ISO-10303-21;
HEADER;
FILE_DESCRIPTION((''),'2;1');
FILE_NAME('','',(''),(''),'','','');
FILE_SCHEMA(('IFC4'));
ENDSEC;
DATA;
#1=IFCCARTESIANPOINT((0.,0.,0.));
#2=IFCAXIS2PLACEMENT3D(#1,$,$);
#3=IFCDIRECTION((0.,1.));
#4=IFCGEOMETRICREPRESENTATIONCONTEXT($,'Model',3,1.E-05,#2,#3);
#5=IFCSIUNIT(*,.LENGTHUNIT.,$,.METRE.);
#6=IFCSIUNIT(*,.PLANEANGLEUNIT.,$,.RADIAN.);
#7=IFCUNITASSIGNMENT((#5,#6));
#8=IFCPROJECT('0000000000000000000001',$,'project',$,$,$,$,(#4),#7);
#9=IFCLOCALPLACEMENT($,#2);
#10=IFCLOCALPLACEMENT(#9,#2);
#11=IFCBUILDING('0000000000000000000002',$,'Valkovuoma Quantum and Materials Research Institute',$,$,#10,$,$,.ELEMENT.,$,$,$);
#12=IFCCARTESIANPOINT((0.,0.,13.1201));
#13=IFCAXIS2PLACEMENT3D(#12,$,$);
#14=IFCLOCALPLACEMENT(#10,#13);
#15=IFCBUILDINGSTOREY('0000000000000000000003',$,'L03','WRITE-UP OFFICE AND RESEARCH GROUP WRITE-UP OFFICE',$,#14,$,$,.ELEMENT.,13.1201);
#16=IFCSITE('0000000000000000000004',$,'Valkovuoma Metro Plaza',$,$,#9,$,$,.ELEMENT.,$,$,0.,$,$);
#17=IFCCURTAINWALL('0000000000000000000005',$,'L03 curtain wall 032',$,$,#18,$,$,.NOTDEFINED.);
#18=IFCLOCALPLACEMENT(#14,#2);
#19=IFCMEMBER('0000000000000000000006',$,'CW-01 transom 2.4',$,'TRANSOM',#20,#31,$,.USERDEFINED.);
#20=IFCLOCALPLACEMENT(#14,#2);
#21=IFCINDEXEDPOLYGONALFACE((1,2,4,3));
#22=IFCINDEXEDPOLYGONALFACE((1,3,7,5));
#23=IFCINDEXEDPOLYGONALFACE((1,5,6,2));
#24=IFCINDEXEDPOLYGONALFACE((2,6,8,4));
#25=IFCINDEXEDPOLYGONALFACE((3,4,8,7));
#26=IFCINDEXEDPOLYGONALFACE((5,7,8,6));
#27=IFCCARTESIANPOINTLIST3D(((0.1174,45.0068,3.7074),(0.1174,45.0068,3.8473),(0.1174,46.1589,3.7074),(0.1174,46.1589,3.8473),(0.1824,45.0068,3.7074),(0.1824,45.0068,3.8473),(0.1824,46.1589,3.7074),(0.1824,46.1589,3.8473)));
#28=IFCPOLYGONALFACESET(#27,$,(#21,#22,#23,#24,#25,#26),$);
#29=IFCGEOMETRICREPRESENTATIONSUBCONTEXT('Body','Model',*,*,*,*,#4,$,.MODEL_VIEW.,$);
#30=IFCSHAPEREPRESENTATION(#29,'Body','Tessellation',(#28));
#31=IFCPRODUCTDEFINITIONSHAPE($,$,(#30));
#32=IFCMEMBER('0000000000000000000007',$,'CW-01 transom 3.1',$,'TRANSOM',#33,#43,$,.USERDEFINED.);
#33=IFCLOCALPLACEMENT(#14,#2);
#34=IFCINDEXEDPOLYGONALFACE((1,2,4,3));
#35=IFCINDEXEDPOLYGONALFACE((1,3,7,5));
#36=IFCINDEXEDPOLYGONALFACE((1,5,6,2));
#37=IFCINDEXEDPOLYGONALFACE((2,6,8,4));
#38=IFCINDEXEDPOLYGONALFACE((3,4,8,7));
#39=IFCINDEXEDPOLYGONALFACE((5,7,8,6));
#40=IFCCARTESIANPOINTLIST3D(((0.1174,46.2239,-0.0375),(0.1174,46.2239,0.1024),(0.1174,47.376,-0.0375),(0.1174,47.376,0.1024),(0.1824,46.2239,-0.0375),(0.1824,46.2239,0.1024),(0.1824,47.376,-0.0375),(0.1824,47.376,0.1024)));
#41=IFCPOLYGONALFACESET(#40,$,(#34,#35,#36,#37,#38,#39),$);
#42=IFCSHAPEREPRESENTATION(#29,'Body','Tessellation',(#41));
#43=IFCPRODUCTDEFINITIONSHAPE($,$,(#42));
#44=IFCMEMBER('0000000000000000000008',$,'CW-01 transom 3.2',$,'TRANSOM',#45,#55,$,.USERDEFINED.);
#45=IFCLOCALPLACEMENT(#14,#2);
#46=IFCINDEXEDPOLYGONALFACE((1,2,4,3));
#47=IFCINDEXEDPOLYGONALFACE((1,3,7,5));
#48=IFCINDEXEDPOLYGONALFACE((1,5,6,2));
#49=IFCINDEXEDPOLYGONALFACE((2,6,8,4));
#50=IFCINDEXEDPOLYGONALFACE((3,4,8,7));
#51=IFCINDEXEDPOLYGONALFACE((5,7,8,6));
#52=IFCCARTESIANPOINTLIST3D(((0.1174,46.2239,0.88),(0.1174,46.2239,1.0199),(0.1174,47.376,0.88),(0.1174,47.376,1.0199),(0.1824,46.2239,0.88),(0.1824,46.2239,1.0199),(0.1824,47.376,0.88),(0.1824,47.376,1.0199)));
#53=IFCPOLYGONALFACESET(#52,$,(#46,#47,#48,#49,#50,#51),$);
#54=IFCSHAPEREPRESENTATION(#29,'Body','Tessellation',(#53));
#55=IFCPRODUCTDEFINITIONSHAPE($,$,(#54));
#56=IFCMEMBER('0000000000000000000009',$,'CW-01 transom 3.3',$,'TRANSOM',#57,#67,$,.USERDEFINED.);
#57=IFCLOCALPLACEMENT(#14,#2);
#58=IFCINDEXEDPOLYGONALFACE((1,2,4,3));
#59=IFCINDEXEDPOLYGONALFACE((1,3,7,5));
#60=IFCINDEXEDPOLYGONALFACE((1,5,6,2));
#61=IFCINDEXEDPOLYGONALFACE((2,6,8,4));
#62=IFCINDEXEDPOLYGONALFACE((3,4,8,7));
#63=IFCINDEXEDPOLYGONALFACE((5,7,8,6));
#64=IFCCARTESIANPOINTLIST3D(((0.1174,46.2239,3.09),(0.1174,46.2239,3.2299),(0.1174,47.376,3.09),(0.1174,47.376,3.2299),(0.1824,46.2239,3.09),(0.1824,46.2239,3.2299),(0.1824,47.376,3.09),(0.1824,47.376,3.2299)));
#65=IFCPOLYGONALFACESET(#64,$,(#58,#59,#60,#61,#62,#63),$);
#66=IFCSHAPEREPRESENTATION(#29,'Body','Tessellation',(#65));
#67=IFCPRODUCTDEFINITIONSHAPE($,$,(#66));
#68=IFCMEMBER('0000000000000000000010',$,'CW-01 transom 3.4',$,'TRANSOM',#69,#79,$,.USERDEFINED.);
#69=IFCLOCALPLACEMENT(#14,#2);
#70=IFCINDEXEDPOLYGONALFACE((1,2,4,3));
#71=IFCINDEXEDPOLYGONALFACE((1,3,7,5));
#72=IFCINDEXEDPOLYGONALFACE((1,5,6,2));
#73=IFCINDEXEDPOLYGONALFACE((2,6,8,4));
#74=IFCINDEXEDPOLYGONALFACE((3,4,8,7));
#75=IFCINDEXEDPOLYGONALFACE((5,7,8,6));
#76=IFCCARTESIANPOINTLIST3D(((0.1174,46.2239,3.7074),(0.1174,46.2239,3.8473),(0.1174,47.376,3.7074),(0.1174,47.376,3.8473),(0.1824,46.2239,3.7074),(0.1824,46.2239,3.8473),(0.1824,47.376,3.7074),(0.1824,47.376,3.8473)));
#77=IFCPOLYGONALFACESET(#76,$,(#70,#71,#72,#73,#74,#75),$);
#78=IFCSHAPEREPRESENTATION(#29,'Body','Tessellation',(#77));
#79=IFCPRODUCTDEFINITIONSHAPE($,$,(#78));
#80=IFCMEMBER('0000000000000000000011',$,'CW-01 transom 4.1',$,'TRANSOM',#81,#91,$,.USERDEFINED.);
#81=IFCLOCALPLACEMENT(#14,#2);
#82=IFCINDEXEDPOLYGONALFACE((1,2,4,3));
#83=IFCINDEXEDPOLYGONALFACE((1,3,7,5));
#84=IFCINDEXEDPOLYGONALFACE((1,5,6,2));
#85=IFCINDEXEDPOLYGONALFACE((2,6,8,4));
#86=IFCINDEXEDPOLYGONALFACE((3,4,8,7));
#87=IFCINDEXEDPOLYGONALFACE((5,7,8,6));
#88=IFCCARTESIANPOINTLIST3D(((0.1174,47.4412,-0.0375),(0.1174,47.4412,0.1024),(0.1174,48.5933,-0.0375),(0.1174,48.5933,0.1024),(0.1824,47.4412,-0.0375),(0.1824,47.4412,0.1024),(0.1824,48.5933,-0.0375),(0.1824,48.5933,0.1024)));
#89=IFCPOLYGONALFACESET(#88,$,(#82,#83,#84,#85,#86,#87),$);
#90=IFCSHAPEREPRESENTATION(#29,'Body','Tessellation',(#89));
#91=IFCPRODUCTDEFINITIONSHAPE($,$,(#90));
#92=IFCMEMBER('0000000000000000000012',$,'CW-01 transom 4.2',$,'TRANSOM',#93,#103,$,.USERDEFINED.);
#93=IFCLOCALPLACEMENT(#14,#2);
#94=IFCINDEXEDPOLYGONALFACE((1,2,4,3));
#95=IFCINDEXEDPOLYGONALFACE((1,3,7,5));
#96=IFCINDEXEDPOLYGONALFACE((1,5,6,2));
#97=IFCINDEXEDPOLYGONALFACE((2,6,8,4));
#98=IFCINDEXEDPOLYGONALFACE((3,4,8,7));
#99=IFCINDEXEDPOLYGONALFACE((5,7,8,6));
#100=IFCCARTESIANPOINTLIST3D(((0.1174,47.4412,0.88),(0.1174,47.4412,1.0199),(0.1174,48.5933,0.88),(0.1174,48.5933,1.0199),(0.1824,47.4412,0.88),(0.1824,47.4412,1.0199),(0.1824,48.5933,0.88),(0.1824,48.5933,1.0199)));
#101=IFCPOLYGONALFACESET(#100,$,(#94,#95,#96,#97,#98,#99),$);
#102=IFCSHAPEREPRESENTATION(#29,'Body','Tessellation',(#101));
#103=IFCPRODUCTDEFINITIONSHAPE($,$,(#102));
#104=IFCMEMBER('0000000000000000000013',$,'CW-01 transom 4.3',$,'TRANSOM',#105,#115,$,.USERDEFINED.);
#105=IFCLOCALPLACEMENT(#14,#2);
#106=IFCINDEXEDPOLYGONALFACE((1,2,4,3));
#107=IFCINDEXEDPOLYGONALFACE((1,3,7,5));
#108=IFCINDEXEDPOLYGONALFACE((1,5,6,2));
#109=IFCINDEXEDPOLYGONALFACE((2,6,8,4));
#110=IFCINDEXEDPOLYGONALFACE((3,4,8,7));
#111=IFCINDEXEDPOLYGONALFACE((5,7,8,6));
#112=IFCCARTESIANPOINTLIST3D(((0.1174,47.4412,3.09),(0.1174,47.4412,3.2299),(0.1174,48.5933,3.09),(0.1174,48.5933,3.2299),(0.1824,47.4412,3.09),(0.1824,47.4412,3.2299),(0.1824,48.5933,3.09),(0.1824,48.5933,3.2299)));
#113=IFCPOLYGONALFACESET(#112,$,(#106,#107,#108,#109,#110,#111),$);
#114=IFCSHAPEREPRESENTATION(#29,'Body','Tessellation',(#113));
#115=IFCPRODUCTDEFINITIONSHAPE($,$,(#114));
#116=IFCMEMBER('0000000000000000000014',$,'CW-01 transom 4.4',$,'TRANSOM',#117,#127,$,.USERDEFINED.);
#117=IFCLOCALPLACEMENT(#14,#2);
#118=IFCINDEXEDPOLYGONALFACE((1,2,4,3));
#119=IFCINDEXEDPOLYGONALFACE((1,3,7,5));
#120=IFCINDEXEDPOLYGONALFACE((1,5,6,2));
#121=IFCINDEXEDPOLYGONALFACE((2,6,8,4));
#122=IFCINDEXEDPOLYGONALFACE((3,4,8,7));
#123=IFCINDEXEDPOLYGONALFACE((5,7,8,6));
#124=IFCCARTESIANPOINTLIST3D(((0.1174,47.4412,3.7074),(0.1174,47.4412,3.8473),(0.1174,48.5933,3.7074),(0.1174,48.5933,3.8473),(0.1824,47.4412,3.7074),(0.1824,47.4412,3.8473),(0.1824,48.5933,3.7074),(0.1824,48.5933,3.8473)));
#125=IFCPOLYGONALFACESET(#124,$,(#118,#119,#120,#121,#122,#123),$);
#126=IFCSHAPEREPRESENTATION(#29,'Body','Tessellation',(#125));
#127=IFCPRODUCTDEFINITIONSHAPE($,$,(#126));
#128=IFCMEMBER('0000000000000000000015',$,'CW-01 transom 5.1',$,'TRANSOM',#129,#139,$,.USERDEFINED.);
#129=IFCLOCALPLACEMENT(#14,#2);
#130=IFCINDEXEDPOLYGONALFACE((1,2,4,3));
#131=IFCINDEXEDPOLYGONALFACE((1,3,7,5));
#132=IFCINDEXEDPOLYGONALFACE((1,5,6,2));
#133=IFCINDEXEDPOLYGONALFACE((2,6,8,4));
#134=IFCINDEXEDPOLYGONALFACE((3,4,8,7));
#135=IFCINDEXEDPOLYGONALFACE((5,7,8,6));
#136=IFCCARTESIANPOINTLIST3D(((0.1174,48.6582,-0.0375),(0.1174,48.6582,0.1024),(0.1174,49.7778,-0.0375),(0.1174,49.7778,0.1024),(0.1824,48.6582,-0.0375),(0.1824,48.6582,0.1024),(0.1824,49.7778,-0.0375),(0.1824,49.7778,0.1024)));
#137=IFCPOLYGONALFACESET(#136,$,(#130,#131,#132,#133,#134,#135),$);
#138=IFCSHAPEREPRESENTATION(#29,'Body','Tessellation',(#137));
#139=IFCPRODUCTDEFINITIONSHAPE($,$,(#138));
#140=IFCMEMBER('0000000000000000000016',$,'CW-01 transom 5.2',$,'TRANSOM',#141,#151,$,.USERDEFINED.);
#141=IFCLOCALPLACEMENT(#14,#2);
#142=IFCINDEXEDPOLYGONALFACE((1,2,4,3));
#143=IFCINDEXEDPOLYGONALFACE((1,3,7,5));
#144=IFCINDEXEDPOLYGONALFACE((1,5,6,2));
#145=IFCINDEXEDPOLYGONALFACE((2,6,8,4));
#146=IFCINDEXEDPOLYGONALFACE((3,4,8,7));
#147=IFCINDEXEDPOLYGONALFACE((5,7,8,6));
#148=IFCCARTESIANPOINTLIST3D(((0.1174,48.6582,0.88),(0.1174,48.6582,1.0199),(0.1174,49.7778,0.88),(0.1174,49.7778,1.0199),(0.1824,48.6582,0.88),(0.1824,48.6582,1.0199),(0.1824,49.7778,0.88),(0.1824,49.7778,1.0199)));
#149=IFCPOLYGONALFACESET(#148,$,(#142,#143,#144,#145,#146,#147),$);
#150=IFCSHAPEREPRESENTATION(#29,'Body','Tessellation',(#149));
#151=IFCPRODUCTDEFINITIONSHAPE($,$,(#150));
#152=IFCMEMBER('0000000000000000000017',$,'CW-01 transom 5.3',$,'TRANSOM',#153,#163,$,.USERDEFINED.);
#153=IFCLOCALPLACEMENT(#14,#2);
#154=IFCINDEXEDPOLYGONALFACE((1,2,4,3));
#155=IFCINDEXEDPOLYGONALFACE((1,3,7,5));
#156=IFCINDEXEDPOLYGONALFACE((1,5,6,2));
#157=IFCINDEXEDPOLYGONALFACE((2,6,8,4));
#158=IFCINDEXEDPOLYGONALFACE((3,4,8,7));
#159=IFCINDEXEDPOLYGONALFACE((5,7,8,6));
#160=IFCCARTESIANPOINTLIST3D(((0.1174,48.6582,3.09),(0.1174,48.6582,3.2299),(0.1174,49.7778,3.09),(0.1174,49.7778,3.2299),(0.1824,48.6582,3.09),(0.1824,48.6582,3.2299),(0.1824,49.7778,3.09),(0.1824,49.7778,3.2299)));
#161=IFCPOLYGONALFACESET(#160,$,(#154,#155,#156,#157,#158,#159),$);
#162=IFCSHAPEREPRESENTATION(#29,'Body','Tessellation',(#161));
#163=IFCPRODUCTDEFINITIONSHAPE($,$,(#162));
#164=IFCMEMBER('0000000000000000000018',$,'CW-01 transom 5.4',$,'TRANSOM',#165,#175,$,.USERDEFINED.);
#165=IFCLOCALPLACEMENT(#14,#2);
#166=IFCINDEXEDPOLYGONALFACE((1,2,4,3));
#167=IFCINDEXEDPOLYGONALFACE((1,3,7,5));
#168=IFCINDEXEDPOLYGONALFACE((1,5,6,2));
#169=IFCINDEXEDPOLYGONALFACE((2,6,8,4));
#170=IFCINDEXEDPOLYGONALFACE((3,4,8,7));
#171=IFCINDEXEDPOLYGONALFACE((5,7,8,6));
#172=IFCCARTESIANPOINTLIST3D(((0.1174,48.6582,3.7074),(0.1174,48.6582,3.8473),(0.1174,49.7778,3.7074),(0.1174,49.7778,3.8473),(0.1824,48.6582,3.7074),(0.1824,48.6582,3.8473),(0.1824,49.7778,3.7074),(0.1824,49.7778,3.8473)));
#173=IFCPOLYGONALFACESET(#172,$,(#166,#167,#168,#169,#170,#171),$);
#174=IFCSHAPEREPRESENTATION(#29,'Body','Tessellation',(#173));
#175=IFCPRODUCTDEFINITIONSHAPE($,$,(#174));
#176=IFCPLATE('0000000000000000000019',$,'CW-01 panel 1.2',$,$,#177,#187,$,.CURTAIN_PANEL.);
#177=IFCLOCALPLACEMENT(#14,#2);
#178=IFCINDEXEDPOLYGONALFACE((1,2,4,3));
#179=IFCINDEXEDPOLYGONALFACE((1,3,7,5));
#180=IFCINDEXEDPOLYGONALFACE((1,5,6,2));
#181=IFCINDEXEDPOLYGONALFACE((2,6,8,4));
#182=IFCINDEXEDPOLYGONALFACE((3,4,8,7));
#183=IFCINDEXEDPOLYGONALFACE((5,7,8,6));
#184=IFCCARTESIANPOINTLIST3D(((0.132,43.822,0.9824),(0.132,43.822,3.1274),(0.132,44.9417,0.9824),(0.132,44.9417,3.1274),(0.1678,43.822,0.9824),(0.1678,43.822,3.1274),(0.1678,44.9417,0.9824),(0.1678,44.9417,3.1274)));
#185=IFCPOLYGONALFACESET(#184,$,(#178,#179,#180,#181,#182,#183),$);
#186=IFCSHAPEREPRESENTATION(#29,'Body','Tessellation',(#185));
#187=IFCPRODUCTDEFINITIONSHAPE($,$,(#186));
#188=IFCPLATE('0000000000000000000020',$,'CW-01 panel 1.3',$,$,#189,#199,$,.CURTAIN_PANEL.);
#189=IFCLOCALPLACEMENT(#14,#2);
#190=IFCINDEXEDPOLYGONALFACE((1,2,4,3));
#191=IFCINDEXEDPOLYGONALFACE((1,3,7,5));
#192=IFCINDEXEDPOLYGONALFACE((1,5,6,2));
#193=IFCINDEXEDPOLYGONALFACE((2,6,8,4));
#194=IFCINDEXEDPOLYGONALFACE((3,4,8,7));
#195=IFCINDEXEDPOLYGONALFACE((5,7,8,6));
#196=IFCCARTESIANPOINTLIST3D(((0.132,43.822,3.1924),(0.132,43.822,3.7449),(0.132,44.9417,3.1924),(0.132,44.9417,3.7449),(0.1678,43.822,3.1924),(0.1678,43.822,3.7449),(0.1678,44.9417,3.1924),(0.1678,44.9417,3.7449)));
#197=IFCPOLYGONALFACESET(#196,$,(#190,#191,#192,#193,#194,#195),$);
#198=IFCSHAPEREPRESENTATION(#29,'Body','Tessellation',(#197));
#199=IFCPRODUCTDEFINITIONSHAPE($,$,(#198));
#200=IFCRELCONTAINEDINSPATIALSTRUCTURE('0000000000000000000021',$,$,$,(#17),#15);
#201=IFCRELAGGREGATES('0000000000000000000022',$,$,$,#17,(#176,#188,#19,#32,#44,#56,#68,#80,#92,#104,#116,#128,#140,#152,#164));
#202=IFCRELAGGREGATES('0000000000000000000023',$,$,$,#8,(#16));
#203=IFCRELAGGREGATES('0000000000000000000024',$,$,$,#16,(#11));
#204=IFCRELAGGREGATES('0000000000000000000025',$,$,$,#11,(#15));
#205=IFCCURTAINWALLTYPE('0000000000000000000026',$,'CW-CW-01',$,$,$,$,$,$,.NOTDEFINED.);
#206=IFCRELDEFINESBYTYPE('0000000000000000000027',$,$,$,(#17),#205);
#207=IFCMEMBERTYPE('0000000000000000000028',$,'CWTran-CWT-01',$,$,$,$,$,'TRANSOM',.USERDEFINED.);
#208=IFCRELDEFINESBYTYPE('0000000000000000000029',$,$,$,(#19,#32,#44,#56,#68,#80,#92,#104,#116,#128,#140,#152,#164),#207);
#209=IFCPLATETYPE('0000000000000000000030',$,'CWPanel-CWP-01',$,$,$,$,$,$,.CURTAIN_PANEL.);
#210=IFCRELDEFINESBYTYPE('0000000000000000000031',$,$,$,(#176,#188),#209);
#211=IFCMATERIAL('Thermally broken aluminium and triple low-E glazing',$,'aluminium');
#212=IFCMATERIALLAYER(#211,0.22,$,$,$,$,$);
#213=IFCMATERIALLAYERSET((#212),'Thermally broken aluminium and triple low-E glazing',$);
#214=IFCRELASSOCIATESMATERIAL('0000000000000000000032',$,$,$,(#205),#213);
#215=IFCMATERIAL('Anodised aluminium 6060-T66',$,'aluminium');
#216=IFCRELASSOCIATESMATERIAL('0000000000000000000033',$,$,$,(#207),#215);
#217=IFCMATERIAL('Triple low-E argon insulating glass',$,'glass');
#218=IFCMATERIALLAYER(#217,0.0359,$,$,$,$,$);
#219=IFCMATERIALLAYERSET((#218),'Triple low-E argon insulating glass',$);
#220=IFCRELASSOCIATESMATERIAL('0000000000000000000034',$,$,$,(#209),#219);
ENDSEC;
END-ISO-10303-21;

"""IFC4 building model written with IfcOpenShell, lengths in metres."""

from ifc_helpers import new_model, si_unit, direction, frame, origin, origin_2d, place, context, subcontext, project, spatial, rectangle, extrude, material, layer, layer_set, material_profile, profile_set, type_object, element, aggregate, save


model = new_model("IFC4")

# Units and contexts
model_context = context("Model", 3, precision=1e-05, world=origin(), true_north=direction((0.0, 1.0)))
body_context = subcontext(model_context, "Body", "Model", "MODEL_VIEW")
ifc_project = project(units=[si_unit("LENGTHUNIT", "METRE"), si_unit("PLANEANGLEUNIT", "RADIAN")], contexts=[model_context])

# Site, building, storey
site_placement = place(None, origin())
site = spatial("IfcSite", under=ifc_project, at=site_placement, Name="Valkovuoma Metro Plaza", CompositionType="ELEMENT", RefElevation=0.0)
building_placement = place(site_placement, origin())
building = spatial("IfcBuilding", under=site, at=building_placement, Name="Valkovuoma Quantum and Materials Research Institute", CompositionType="ELEMENT")
storey_placement = place(building_placement, frame((0.0, 0.0, 13.1201)))
storey = spatial("IfcBuildingStorey", under=building, at=storey_placement, Name="L03", Description="WRITE-UP OFFICE AND RESEARCH GROUP WRITE-UP OFFICE", CompositionType="ELEMENT", Elevation=13.1201)

# Curtain wall, members, plates
ifc_material_1 = material(Name="Thermally broken aluminium and triple low-E glazing", Category="aluminium")
ifc_layer_1 = layer(ifc_material_1, 0.22)
ifc_layer_set_1 = layer_set([ifc_layer_1], Name="Thermally broken aluminium and triple low-E glazing")
curtain_wall_type = type_object("IfcCurtainWallType", Name="CW-CW-01", PredefinedType="NOTDEFINED", material=ifc_layer_set_1)
curtain_wall_placement = place(storey_placement, origin())
curtain_wall = element("IfcCurtainWall", 1, at=curtain_wall_placement, inside=storey, type_object=curtain_wall_type, Name="L03 curtain wall 032", PredefinedType="NOTDEFINED")
ifc_material_2 = material(Name="Anodised aluminium 6060-T66", Category="aluminium")
ifc_material_profile_1 = material_profile(ifc_material_2, rectangle(XDim=0.0649, YDim=0.1399, at=origin_2d()), Name="Anodised aluminium 6060-T66")
ifc_profile_set_1 = profile_set([ifc_material_profile_1], Name="Anodised aluminium 6060-T66")
member_type_1 = type_object("IfcMemberType", Name="CWTran-CWT-01", ElementType="TRANSOM", PredefinedType="USERDEFINED", material=ifc_profile_set_1)
member_1_placement = place(storey_placement, frame((0.1499, 45.0068, 3.7773), z_axis=(0.0, 1.0, 0.0), x_axis=(-1.0, 0.0, 0.0)))
member_1 = element("IfcMember", 2, at=member_1_placement, type_object=member_type_1, Name="CW-01 transom 2.4", ObjectType="TRANSOM", PredefinedType="USERDEFINED", context=body_context, shape_type="SweptSolid", body=[
    extrude(rectangle(XDim=0.0649, YDim=0.1399, at=origin_2d()), origin(), (0.0, 0.0, 1.0), 1.1521),
])
member_2_placement = place(storey_placement, frame((0.1499, 46.2239, 0.0325), z_axis=(0.0, 1.0, 0.0), x_axis=(-1.0, 0.0, 0.0)))
member_2 = element("IfcMember", 3, at=member_2_placement, type_object=member_type_1, Name="CW-01 transom 3.1", ObjectType="TRANSOM", PredefinedType="USERDEFINED", context=body_context, shape_type="SweptSolid", body=[
    extrude(rectangle(XDim=0.0649, YDim=0.1399, at=origin_2d()), origin(), (0.0, 0.0, 1.0), 1.1521),
])
member_3_placement = place(storey_placement, frame((0.1499, 46.2239, 0.95), z_axis=(0.0, 1.0, 0.0), x_axis=(-1.0, 0.0, 0.0)))
member_3 = element("IfcMember", 4, at=member_3_placement, type_object=member_type_1, Name="CW-01 transom 3.2", ObjectType="TRANSOM", PredefinedType="USERDEFINED", context=body_context, shape_type="SweptSolid", body=[
    extrude(rectangle(XDim=0.0649, YDim=0.1399, at=origin_2d()), origin(), (0.0, 0.0, 1.0), 1.1521),
])
member_4_placement = place(storey_placement, frame((0.1499, 46.2239, 3.1599), z_axis=(0.0, 1.0, 0.0), x_axis=(-1.0, 0.0, 0.0)))
member_4 = element("IfcMember", 5, at=member_4_placement, type_object=member_type_1, Name="CW-01 transom 3.3", ObjectType="TRANSOM", PredefinedType="USERDEFINED", context=body_context, shape_type="SweptSolid", body=[
    extrude(rectangle(XDim=0.0649, YDim=0.1399, at=origin_2d()), origin(), (0.0, 0.0, 1.0), 1.1521),
])
member_5_placement = place(storey_placement, frame((0.1499, 46.2239, 3.7773), z_axis=(0.0, 1.0, 0.0), x_axis=(-1.0, 0.0, 0.0)))
member_5 = element("IfcMember", 6, at=member_5_placement, type_object=member_type_1, Name="CW-01 transom 3.4", ObjectType="TRANSOM", PredefinedType="USERDEFINED", context=body_context, shape_type="SweptSolid", body=[
    extrude(rectangle(XDim=0.0649, YDim=0.1399, at=origin_2d()), origin(), (0.0, 0.0, 1.0), 1.1521),
])
member_6_placement = place(storey_placement, frame((0.1499, 47.4412, 0.0325), z_axis=(0.0, 1.0, 0.0), x_axis=(-1.0, 0.0, 0.0)))
member_6 = element("IfcMember", 7, at=member_6_placement, type_object=member_type_1, Name="CW-01 transom 4.1", ObjectType="TRANSOM", PredefinedType="USERDEFINED", context=body_context, shape_type="SweptSolid", body=[
    extrude(rectangle(XDim=0.0649, YDim=0.1399, at=origin_2d()), origin(), (0.0, 0.0, 1.0), 1.1521),
])
member_7_placement = place(storey_placement, frame((0.1499, 47.4412, 0.95), z_axis=(0.0, 1.0, 0.0), x_axis=(-1.0, 0.0, 0.0)))
member_7 = element("IfcMember", 8, at=member_7_placement, type_object=member_type_1, Name="CW-01 transom 4.2", ObjectType="TRANSOM", PredefinedType="USERDEFINED", context=body_context, shape_type="SweptSolid", body=[
    extrude(rectangle(XDim=0.0649, YDim=0.1399, at=origin_2d()), origin(), (0.0, 0.0, 1.0), 1.1521),
])
member_8_placement = place(storey_placement, frame((0.1499, 47.4412, 3.1599), z_axis=(0.0, 1.0, 0.0), x_axis=(-1.0, 0.0, 0.0)))
member_8 = element("IfcMember", 9, at=member_8_placement, type_object=member_type_1, Name="CW-01 transom 4.3", ObjectType="TRANSOM", PredefinedType="USERDEFINED", context=body_context, shape_type="SweptSolid", body=[
    extrude(rectangle(XDim=0.0649, YDim=0.1399, at=origin_2d()), origin(), (0.0, 0.0, 1.0), 1.1521),
])
member_9_placement = place(storey_placement, frame((0.1499, 47.4412, 3.7773), z_axis=(0.0, 1.0, 0.0), x_axis=(-1.0, 0.0, 0.0)))
member_9 = element("IfcMember", 10, at=member_9_placement, type_object=member_type_1, Name="CW-01 transom 4.4", ObjectType="TRANSOM", PredefinedType="USERDEFINED", context=body_context, shape_type="SweptSolid", body=[
    extrude(rectangle(XDim=0.0649, YDim=0.1399, at=origin_2d()), origin(), (0.0, 0.0, 1.0), 1.1521),
])
member_10_placement = place(storey_placement, frame((0.1499, 48.6582, 0.0325), z_axis=(0.0, 1.0, 0.0), x_axis=(-1.0, 0.0, 0.0)))
member_10 = element("IfcMember", 11, at=member_10_placement, type_object=member_type_1, Name="CW-01 transom 5.1", ObjectType="TRANSOM", PredefinedType="USERDEFINED", context=body_context, shape_type="SweptSolid", body=[
    extrude(rectangle(XDim=0.0649, YDim=0.1399, at=origin_2d()), origin(), (0.0, 0.0, 1.0), 1.1196),
])
member_11_placement = place(storey_placement, frame((0.1499, 48.6582, 0.95), z_axis=(0.0, 1.0, 0.0), x_axis=(-1.0, 0.0, 0.0)))
member_11 = element("IfcMember", 12, at=member_11_placement, type_object=member_type_1, Name="CW-01 transom 5.2", ObjectType="TRANSOM", PredefinedType="USERDEFINED", context=body_context, shape_type="SweptSolid", body=[
    extrude(rectangle(XDim=0.0649, YDim=0.1399, at=origin_2d()), origin(), (0.0, 0.0, 1.0), 1.1196),
])
member_12_placement = place(storey_placement, frame((0.1499, 48.6582, 3.1599), z_axis=(0.0, 1.0, 0.0), x_axis=(-1.0, 0.0, 0.0)))
member_12 = element("IfcMember", 13, at=member_12_placement, type_object=member_type_1, Name="CW-01 transom 5.3", ObjectType="TRANSOM", PredefinedType="USERDEFINED", context=body_context, shape_type="SweptSolid", body=[
    extrude(rectangle(XDim=0.0649, YDim=0.1399, at=origin_2d()), origin(), (0.0, 0.0, 1.0), 1.1196),
])
member_13_placement = place(storey_placement, frame((0.1499, 48.6582, 3.7773), z_axis=(0.0, 1.0, 0.0), x_axis=(-1.0, 0.0, 0.0)))
member_13 = element("IfcMember", 14, at=member_13_placement, type_object=member_type_1, Name="CW-01 transom 5.4", ObjectType="TRANSOM", PredefinedType="USERDEFINED", context=body_context, shape_type="SweptSolid", body=[
    extrude(rectangle(XDim=0.0649, YDim=0.1399, at=origin_2d()), origin(), (0.0, 0.0, 1.0), 1.1196),
])
ifc_material_3 = material(Name="Triple low-E argon insulating glass", Category="glass")
ifc_layer_2 = layer(ifc_material_3, 0.0359)
ifc_layer_set_2 = layer_set([ifc_layer_2], Name="Triple low-E argon insulating glass")
plate_type = type_object("IfcPlateType", Name="CWPanel-CWP-01", PredefinedType="CURTAIN_PANEL", material=ifc_layer_set_2)
plate_1_placement = place(storey_placement, frame((0.1499, 44.3818, 0.9824), z_axis=(0.0, 0.0, 1.0), x_axis=(0.0, 1.0, 0.0)))
plate_1 = element("IfcPlate", 15, at=plate_1_placement, type_object=plate_type, Name="CW-01 panel 1.2", PredefinedType="CURTAIN_PANEL", context=body_context, shape_type="SweptSolid", body=[
    extrude(rectangle(XDim=1.1196, YDim=0.0359, at=origin_2d()), origin(), (0.0, 0.0, 1.0), 2.145),
])
plate_2_placement = place(storey_placement, frame((0.1499, 44.3818, 3.1924), z_axis=(0.0, 0.0, 1.0), x_axis=(0.0, 1.0, 0.0)))
plate_2 = element("IfcPlate", 16, at=plate_2_placement, type_object=plate_type, Name="CW-01 panel 1.3", PredefinedType="CURTAIN_PANEL", context=body_context, shape_type="SweptSolid", body=[
    extrude(rectangle(XDim=1.1196, YDim=0.0359, at=origin_2d()), origin(), (0.0, 0.0, 1.0), 0.5525),
])
aggregate(curtain_wall, [plate_1, plate_2, member_1, member_2, member_3, member_4, member_5, member_6, member_7, member_8, member_9, member_10, member_11, member_12, member_13])

save(model, "model.ifc")
